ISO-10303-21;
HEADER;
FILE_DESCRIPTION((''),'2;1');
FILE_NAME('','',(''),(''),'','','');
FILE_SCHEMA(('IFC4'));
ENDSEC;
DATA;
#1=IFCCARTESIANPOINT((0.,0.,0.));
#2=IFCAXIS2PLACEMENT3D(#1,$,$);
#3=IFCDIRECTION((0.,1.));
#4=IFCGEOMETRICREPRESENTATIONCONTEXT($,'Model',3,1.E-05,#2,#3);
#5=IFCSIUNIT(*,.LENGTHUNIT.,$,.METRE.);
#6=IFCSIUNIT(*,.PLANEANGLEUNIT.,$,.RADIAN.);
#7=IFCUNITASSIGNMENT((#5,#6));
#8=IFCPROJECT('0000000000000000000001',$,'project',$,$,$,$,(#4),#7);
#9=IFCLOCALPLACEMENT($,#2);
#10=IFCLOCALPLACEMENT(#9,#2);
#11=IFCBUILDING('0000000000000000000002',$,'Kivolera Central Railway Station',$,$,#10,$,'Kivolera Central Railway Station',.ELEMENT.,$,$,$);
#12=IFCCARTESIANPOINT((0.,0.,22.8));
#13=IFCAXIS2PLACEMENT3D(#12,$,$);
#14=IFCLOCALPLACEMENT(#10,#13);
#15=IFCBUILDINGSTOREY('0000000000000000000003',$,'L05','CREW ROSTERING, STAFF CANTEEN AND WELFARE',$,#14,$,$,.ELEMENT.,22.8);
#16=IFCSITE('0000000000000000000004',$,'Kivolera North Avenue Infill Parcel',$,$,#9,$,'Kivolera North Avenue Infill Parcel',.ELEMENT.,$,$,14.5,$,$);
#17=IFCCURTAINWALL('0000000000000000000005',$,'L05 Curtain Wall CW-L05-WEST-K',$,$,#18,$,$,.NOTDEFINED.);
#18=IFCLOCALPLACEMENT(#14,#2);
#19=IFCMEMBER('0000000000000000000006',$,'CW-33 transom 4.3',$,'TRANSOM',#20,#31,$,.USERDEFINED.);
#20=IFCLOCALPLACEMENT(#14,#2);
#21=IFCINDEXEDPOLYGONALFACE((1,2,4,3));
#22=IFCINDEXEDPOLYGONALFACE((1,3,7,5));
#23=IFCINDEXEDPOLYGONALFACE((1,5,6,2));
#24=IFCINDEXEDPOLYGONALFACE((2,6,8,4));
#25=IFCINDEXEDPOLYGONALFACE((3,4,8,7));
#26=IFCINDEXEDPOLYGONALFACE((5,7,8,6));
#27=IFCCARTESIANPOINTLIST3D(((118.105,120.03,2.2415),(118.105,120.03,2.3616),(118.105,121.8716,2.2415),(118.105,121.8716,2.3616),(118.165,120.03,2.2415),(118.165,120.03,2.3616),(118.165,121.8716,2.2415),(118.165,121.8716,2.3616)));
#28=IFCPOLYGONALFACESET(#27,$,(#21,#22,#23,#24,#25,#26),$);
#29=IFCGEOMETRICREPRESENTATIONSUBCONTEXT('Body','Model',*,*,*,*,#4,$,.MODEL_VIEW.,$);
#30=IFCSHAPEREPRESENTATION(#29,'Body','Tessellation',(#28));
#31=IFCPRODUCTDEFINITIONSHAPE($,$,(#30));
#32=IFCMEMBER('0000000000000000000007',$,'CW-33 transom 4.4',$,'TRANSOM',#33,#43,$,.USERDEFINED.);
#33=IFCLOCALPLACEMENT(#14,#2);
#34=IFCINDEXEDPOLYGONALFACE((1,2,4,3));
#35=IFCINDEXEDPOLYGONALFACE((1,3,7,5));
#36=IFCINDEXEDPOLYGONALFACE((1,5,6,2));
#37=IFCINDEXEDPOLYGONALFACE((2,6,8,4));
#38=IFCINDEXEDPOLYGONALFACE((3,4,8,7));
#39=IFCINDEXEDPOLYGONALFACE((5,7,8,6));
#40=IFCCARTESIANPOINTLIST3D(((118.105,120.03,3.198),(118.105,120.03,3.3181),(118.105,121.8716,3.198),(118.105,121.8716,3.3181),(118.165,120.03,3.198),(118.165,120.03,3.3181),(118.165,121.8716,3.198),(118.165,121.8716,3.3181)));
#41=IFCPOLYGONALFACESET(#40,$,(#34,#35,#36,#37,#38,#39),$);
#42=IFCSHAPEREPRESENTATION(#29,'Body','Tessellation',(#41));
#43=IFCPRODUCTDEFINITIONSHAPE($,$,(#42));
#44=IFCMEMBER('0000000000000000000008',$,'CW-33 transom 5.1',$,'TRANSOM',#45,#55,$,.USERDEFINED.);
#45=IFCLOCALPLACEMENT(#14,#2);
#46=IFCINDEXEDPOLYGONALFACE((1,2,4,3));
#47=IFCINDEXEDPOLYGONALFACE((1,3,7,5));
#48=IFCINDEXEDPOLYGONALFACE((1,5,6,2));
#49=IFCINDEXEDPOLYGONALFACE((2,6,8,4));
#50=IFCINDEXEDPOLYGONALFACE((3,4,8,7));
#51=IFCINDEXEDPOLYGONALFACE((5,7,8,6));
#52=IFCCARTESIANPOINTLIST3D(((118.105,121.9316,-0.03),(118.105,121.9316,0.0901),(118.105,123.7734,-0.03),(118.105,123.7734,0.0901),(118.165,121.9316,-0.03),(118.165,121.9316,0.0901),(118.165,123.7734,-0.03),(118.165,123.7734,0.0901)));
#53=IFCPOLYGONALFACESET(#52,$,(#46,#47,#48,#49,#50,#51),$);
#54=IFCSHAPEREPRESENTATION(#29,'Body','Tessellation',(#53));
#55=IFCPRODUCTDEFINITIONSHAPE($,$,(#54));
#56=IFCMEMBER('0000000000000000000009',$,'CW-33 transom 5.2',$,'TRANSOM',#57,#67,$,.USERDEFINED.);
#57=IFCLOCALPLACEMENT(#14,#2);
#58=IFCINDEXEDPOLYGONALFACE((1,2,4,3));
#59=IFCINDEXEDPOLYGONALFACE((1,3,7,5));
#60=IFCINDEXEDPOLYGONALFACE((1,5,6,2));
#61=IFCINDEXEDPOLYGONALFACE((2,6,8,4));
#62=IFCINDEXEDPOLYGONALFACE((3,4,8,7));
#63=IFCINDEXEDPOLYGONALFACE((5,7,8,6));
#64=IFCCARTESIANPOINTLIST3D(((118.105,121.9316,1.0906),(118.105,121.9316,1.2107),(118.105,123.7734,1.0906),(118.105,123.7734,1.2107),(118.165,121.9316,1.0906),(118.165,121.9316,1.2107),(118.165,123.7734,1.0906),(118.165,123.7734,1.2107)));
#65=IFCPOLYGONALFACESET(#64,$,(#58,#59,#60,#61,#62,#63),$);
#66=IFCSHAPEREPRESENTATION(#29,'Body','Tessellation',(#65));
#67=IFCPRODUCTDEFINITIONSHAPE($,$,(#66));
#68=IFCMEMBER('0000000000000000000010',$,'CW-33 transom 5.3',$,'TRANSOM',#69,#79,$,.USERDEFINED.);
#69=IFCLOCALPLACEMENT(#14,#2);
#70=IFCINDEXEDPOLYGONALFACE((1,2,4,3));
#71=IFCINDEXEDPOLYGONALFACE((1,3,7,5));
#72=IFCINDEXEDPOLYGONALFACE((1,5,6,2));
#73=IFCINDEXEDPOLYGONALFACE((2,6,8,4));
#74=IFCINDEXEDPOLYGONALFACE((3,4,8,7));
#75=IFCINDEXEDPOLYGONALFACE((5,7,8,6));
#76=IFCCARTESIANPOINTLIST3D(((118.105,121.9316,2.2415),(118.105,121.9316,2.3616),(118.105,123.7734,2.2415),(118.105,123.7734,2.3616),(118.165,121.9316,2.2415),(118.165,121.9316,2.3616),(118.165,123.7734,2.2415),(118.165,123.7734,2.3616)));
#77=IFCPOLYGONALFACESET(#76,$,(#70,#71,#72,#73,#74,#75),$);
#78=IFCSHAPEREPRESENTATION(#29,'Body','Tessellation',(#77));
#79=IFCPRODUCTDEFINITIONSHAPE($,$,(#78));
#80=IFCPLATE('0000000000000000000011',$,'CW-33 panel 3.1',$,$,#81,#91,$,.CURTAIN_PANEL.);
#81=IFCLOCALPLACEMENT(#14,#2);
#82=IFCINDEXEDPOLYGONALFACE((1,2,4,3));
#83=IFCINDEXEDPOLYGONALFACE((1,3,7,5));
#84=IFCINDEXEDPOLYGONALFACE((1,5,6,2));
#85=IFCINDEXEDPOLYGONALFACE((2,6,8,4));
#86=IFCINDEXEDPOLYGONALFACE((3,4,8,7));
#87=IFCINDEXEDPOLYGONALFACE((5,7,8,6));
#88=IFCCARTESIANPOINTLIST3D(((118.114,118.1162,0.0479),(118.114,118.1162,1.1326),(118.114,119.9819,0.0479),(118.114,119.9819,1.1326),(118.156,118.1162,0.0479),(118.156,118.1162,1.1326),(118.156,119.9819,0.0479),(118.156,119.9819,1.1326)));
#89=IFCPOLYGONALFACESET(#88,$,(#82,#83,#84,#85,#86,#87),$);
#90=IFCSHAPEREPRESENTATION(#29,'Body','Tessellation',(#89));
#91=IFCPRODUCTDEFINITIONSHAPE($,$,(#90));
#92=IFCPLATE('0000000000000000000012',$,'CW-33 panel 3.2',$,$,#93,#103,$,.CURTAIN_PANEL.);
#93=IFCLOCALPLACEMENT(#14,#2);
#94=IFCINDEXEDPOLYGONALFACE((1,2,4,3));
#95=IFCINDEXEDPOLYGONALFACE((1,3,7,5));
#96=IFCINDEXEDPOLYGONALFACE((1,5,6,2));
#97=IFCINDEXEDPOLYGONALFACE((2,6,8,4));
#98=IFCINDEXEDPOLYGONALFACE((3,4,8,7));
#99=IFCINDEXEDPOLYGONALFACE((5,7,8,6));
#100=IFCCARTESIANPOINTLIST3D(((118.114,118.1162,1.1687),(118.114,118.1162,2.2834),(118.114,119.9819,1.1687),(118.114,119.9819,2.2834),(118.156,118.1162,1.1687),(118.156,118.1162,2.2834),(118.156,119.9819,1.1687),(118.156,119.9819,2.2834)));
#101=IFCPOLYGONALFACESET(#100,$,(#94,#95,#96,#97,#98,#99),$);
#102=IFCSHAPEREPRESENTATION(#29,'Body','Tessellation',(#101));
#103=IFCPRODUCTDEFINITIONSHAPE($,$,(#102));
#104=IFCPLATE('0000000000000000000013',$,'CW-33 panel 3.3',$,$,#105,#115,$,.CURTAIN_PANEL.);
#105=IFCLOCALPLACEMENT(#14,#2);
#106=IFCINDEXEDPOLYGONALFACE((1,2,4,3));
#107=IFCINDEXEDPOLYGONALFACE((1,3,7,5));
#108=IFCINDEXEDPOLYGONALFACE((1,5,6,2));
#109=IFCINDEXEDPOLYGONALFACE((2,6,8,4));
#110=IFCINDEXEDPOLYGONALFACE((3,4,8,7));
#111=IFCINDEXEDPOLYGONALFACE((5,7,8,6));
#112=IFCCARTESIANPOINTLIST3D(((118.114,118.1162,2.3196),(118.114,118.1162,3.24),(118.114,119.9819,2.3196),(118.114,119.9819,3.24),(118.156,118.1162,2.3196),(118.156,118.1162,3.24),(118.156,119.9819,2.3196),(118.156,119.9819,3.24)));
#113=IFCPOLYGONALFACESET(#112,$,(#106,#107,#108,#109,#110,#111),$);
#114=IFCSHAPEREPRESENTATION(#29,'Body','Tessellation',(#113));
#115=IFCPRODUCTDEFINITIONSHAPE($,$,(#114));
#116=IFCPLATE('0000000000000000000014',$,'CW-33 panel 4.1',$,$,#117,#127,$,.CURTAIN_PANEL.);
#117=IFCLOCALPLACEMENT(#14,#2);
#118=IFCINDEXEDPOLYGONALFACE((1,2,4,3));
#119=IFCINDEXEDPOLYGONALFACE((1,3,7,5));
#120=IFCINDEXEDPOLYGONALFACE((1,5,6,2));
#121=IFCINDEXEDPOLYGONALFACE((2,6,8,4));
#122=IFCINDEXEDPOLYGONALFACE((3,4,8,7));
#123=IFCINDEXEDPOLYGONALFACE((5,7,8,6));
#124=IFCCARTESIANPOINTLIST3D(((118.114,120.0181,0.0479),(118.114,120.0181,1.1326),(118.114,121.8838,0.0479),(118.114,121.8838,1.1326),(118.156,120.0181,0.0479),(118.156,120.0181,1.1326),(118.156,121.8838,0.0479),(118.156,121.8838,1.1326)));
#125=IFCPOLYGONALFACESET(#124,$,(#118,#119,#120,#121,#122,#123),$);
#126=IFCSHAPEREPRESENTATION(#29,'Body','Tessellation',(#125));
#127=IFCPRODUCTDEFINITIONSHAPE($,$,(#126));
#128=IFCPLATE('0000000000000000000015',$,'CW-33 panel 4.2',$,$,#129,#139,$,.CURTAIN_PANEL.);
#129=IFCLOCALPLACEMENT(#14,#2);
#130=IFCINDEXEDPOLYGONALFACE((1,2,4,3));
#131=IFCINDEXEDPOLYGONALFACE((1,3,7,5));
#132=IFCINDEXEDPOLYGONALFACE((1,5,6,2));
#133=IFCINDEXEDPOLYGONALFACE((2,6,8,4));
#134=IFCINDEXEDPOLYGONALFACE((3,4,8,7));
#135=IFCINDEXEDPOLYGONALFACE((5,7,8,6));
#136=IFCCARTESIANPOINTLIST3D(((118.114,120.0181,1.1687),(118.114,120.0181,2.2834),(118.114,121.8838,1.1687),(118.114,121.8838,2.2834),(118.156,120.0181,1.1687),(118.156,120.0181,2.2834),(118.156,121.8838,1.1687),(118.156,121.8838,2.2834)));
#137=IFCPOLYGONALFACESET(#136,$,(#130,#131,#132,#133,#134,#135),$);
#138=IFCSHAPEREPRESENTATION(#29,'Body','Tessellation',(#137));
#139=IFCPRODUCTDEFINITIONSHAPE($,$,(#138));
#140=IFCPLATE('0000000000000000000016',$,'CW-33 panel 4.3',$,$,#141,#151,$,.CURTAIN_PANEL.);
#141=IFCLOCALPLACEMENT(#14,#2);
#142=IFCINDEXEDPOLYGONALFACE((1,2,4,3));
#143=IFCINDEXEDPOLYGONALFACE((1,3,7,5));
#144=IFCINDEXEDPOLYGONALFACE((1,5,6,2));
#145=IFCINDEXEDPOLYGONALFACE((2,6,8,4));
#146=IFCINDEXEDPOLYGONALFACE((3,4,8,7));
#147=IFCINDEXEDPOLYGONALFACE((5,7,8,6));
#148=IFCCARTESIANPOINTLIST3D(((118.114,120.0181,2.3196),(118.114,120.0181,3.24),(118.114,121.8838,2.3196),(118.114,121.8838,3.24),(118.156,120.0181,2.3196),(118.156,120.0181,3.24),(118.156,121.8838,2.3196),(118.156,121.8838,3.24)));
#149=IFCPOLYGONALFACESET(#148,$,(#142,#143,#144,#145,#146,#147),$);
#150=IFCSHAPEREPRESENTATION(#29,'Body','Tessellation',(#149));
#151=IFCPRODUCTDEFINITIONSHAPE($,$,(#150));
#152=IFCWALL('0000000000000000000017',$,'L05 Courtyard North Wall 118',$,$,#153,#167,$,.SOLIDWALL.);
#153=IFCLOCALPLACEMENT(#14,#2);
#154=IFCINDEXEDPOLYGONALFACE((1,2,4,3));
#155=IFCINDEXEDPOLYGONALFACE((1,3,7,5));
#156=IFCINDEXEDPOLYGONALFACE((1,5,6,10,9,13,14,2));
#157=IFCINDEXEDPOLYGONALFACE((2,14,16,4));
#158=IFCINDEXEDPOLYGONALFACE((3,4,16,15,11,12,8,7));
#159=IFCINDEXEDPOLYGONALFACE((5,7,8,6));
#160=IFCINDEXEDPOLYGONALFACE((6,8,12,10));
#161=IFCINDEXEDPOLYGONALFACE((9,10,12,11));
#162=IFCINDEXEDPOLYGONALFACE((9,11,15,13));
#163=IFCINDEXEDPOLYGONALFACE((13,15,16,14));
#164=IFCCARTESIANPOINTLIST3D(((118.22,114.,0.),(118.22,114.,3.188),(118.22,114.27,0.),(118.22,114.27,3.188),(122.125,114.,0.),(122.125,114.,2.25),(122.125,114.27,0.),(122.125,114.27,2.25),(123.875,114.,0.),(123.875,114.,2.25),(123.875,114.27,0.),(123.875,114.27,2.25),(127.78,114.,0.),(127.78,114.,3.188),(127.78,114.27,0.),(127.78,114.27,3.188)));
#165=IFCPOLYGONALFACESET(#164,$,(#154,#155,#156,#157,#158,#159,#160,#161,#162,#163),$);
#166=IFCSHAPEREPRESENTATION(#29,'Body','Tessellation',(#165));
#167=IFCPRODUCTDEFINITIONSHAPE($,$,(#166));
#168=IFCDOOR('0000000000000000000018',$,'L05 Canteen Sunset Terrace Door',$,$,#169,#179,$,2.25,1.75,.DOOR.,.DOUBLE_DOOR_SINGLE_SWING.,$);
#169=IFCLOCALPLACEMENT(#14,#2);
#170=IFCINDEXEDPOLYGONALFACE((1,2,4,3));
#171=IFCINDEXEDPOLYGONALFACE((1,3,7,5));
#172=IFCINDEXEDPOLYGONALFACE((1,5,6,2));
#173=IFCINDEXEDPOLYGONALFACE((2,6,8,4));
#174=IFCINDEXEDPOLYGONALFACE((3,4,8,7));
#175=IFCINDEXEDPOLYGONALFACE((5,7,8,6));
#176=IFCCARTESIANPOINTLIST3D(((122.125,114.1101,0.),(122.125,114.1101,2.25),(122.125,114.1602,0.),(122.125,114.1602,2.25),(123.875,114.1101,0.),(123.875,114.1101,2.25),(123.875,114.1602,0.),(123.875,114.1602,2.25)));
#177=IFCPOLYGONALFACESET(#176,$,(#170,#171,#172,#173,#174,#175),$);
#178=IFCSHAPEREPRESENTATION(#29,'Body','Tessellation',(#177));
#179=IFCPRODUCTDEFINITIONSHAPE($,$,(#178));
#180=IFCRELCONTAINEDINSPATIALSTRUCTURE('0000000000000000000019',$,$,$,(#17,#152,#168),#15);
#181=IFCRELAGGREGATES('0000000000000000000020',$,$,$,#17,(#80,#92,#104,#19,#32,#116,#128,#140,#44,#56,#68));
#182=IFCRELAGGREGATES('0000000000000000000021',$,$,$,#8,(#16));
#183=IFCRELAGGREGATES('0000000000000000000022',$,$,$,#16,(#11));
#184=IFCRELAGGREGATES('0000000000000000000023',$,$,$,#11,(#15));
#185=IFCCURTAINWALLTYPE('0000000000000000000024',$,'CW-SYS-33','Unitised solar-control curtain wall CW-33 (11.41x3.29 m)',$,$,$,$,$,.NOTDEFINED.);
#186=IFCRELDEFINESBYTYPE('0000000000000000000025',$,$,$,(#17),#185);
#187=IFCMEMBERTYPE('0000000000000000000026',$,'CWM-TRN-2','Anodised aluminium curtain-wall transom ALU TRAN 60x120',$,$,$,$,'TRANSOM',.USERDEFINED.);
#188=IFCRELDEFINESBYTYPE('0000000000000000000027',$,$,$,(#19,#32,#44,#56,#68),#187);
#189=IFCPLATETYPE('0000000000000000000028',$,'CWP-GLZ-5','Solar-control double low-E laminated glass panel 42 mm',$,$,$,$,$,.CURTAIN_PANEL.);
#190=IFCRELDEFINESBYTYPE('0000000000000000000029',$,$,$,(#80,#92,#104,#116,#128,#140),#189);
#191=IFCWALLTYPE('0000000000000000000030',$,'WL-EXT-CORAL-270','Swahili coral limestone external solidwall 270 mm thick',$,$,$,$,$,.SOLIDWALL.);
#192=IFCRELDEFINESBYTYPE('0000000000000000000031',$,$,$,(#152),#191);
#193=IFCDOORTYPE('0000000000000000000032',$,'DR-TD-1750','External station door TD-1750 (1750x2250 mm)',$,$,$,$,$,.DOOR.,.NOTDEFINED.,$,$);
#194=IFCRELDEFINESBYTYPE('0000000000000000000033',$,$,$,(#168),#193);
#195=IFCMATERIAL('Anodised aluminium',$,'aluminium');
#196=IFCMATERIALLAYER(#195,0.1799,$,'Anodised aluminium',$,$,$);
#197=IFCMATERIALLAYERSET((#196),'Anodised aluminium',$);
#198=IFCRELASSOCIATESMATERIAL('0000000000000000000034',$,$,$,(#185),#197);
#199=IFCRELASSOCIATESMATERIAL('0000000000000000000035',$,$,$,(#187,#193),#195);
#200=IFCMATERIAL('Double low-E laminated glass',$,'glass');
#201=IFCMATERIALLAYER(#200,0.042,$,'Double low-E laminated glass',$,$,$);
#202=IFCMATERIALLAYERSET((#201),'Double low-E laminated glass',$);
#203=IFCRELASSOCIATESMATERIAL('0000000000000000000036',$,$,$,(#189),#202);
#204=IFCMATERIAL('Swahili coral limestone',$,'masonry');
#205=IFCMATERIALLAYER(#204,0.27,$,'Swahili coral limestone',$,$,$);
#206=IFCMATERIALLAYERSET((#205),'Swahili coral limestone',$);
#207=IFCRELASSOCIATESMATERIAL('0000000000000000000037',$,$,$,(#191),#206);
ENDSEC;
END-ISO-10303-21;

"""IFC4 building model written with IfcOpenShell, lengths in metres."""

from ifc_helpers import new_model, si_unit, direction, frame, frame_2d, origin, origin_2d, place, context, subcontext, project, spatial, rectangle, extrude, material, layer, layer_set, material_profile, profile_set, type_object, element, fill, aggregate, save


model = new_model("IFC4")

# Units and contexts
model_context = context("Model", 3, precision=1e-05, world=origin(), true_north=direction((0.0, 1.0)))
body_context = subcontext(model_context, "Body", "Model", "MODEL_VIEW")
ifc_project = project(units=[si_unit("LENGTHUNIT", "METRE"), si_unit("PLANEANGLEUNIT", "RADIAN")], contexts=[model_context])

# Site, building, storey
site_placement = place(None, origin())
site = spatial("IfcSite", under=ifc_project, at=site_placement, Name="Kivolera North Avenue Infill Parcel", LongName="Kivolera North Avenue Infill Parcel", CompositionType="ELEMENT", RefElevation=14.5)
building_placement = place(site_placement, origin())
building = spatial("IfcBuilding", under=site, at=building_placement, Name="Kivolera Central Railway Station", LongName="Kivolera Central Railway Station", CompositionType="ELEMENT")
storey_placement = place(building_placement, frame((0.0, 0.0, 22.8)))
storey = spatial("IfcBuildingStorey", under=building, at=storey_placement, Name="L05", Description="CREW ROSTERING, STAFF CANTEEN AND WELFARE", CompositionType="ELEMENT", Elevation=22.8)

# Curtain wall, members, plates
ifc_material_1 = material(Name="Anodised aluminium", Category="aluminium")
ifc_layer_1 = layer(ifc_material_1, 0.1799, Name="Anodised aluminium")
ifc_layer_set_1 = layer_set([ifc_layer_1], Name="Anodised aluminium")
curtain_wall_type = type_object("IfcCurtainWallType", Name="CW-SYS-33", Description="Unitised solar-control curtain wall CW-33 (11.41x3.29 m)", PredefinedType="NOTDEFINED", material=ifc_layer_set_1)
curtain_wall_placement = place(storey_placement, origin())
curtain_wall = element("IfcCurtainWall", 1, at=curtain_wall_placement, inside=storey, type_object=curtain_wall_type, Name="L05 Curtain Wall CW-L05-WEST-K", PredefinedType="NOTDEFINED")
ifc_material_profile_1 = material_profile(ifc_material_1, rectangle(XDim=0.0601, YDim=0.1201, at=origin_2d()), Name="ALU TRAN 60x120")
ifc_profile_set_1 = profile_set([ifc_material_profile_1], Name="Anodised aluminium")
member_type_1 = type_object("IfcMemberType", Name="CWM-TRN-2", Description="Anodised aluminium curtain-wall transom ALU TRAN 60x120", ElementType="TRANSOM", PredefinedType="USERDEFINED", material=ifc_profile_set_1)
member_1_placement = place(storey_placement, frame((118.135, 120.03, 2.3015), z_axis=(0.0, 1.0, 0.0), x_axis=(-1.0, 0.0, 0.0)))
member_1 = element("IfcMember", 2, at=member_1_placement, type_object=member_type_1, Name="CW-33 transom 4.3", ObjectType="TRANSOM", PredefinedType="USERDEFINED", context=body_context, shape_type="SweptSolid", body=[
    extrude(rectangle(XDim=0.0601, YDim=0.1201, at=origin_2d()), origin(), (0.0, 0.0, 1.0), 1.8416),
])
member_2_placement = place(storey_placement, frame((118.135, 120.03, 3.2581), z_axis=(0.0, 1.0, 0.0), x_axis=(-1.0, 0.0, 0.0)))
member_2 = element("IfcMember", 3, at=member_2_placement, type_object=member_type_1, Name="CW-33 transom 4.4", ObjectType="TRANSOM", PredefinedType="USERDEFINED", context=body_context, shape_type="SweptSolid", body=[
    extrude(rectangle(XDim=0.0601, YDim=0.1201, at=origin_2d()), origin(), (0.0, 0.0, 1.0), 1.8416),
])
member_3_placement = place(storey_placement, frame((118.135, 121.9316, 0.03), z_axis=(0.0, 1.0, 0.0), x_axis=(-1.0, 0.0, 0.0)))
member_3 = element("IfcMember", 4, at=member_3_placement, type_object=member_type_1, Name="CW-33 transom 5.1", ObjectType="TRANSOM", PredefinedType="USERDEFINED", context=body_context, shape_type="SweptSolid", body=[
    extrude(rectangle(XDim=0.0601, YDim=0.1201, at=origin_2d()), origin(), (0.0, 0.0, 1.0), 1.8418),
])
member_4_placement = place(storey_placement, frame((118.135, 121.9316, 1.1506), z_axis=(0.0, 1.0, 0.0), x_axis=(-1.0, 0.0, 0.0)))
member_4 = element("IfcMember", 5, at=member_4_placement, type_object=member_type_1, Name="CW-33 transom 5.2", ObjectType="TRANSOM", PredefinedType="USERDEFINED", context=body_context, shape_type="SweptSolid", body=[
    extrude(rectangle(XDim=0.0601, YDim=0.1201, at=origin_2d()), origin(), (0.0, 0.0, 1.0), 1.8418),
])
member_5_placement = place(storey_placement, frame((118.135, 121.9316, 2.3015), z_axis=(0.0, 1.0, 0.0), x_axis=(-1.0, 0.0, 0.0)))
member_5 = element("IfcMember", 6, at=member_5_placement, type_object=member_type_1, Name="CW-33 transom 5.3", ObjectType="TRANSOM", PredefinedType="USERDEFINED", context=body_context, shape_type="SweptSolid", body=[
    extrude(rectangle(XDim=0.0601, YDim=0.1201, at=origin_2d()), origin(), (0.0, 0.0, 1.0), 1.8418),
])
ifc_material_2 = material(Name="Double low-E laminated glass", Category="glass")
ifc_layer_2 = layer(ifc_material_2, 0.042, Name="Double low-E laminated glass")
ifc_layer_set_2 = layer_set([ifc_layer_2], Name="Double low-E laminated glass")
plate_type = type_object("IfcPlateType", Name="CWP-GLZ-5", Description="Solar-control double low-E laminated glass panel 42 mm", PredefinedType="CURTAIN_PANEL", material=ifc_layer_set_2)
plate_1_placement = place(storey_placement, frame((118.135, 119.0491, 0.0479), z_axis=(0.0, 0.0, 1.0), x_axis=(0.0, 1.0, 0.0)))
plate_1 = element("IfcPlate", 7, at=plate_1_placement, type_object=plate_type, Name="CW-33 panel 3.1", PredefinedType="CURTAIN_PANEL", context=body_context, shape_type="SweptSolid", body=[
    extrude(rectangle(XDim=1.8657, YDim=0.042, at=origin_2d()), origin(), (0.0, 0.0, 1.0), 1.0847),
])
plate_2_placement = place(storey_placement, frame((118.135, 119.0491, 1.1687), z_axis=(0.0, 0.0, 1.0), x_axis=(0.0, 1.0, 0.0)))
plate_2 = element("IfcPlate", 8, at=plate_2_placement, type_object=plate_type, Name="CW-33 panel 3.2", PredefinedType="CURTAIN_PANEL", context=body_context, shape_type="SweptSolid", body=[
    extrude(rectangle(XDim=1.8657, YDim=0.042, at=origin_2d()), origin(), (0.0, 0.0, 1.0), 1.1147),
])
plate_3_placement = place(storey_placement, frame((118.135, 119.0491, 2.3196), z_axis=(0.0, 0.0, 1.0), x_axis=(0.0, 1.0, 0.0)))
plate_3 = element("IfcPlate", 9, at=plate_3_placement, type_object=plate_type, Name="CW-33 panel 3.3", PredefinedType="CURTAIN_PANEL", context=body_context, shape_type="SweptSolid", body=[
    extrude(rectangle(XDim=1.8657, YDim=0.042, at=origin_2d()), origin(), (0.0, 0.0, 1.0), 0.9204),
])
plate_4_placement = place(storey_placement, frame((118.135, 120.9509, 0.0479), z_axis=(0.0, 0.0, 1.0), x_axis=(0.0, 1.0, 0.0)))
plate_4 = element("IfcPlate", 10, at=plate_4_placement, type_object=plate_type, Name="CW-33 panel 4.1", PredefinedType="CURTAIN_PANEL", context=body_context, shape_type="SweptSolid", body=[
    extrude(rectangle(XDim=1.8657, YDim=0.042, at=origin_2d()), origin(), (0.0, 0.0, 1.0), 1.0847),
])
plate_5_placement = place(storey_placement, frame((118.135, 120.9509, 1.1687), z_axis=(0.0, 0.0, 1.0), x_axis=(0.0, 1.0, 0.0)))
plate_5 = element("IfcPlate", 11, at=plate_5_placement, type_object=plate_type, Name="CW-33 panel 4.2", PredefinedType="CURTAIN_PANEL", context=body_context, shape_type="SweptSolid", body=[
    extrude(rectangle(XDim=1.8657, YDim=0.042, at=origin_2d()), origin(), (0.0, 0.0, 1.0), 1.1147),
])
plate_6_placement = place(storey_placement, frame((118.135, 120.9509, 2.3196), z_axis=(0.0, 0.0, 1.0), x_axis=(0.0, 1.0, 0.0)))
plate_6 = element("IfcPlate", 12, at=plate_6_placement, type_object=plate_type, Name="CW-33 panel 4.3", PredefinedType="CURTAIN_PANEL", context=body_context, shape_type="SweptSolid", body=[
    extrude(rectangle(XDim=1.8657, YDim=0.042, at=origin_2d()), origin(), (0.0, 0.0, 1.0), 0.9204),
])
aggregate(curtain_wall, [plate_1, plate_2, plate_3, member_1, member_2, plate_4, plate_5, plate_6, member_3, member_4, member_5])

# Wall, opening, door
ifc_material_3 = material(Name="Swahili coral limestone", Category="masonry")
ifc_layer_3 = layer(ifc_material_3, 0.27, Name="Swahili coral limestone")
ifc_layer_set_3 = layer_set([ifc_layer_3], Name="Swahili coral limestone")
wall_type = type_object("IfcWallType", Name="WL-EXT-CORAL-270", Description="Swahili coral limestone external solidwall 270 mm thick", PredefinedType="SOLIDWALL", material=ifc_layer_set_3)
wall_placement = place(storey_placement, frame((127.78, 114.135, 0.0), z_axis=(0.0, 0.0, 1.0), x_axis=(-1.0, 0.0, 0.0)))
wall = element("IfcWall", 13, at=wall_placement, inside=storey, type_object=wall_type, Name="L05 Courtyard North Wall 118", PredefinedType="SOLIDWALL", context=body_context, shape_type="SweptSolid", body=[
    extrude(rectangle(XDim=9.5601, YDim=0.27, at=frame_2d((4.78, 0.0))), origin(), (0.0, 0.0, 1.0), 3.188),
])
opening_placement = place(wall_placement, frame((3.905, 0.0, 0.0)))
opening = element("IfcOpeningElement", 14, at=opening_placement, cuts=wall, PredefinedType="OPENING", context=body_context, shape_type="SweptSolid", body=[
    extrude(rectangle(XDim=1.75, YDim=2.25, at=frame_2d((0.875, 1.125))), frame((0.0, 0.145, 0.0), z_axis=(0.0, -1.0, 0.0), x_axis=(1.0, 0.0, 0.0)), (0.0, 0.0, 1.0), 0.29),
])
door_type = type_object("IfcDoorType", Name="DR-TD-1750", Description="External station door TD-1750 (1750x2250 mm)", OperationType="NOTDEFINED", PredefinedType="DOOR", material=ifc_material_1)
door_placement = place(opening_placement, origin())
door = element("IfcDoor", 15, at=door_placement, inside=storey, type_object=door_type, Name="L05 Canteen Sunset Terrace Door", OperationType="DOUBLE_DOOR_SINGLE_SWING", OverallHeight=2.25, OverallWidth=1.75, PredefinedType="DOOR", context=body_context, shape_type="SweptSolid", body=[
    extrude(rectangle(XDim=1.75, YDim=2.25, at=frame_2d((0.875, 1.125))), frame((0.0, 0.0249, 0.0), z_axis=(0.0, -1.0, 0.0), x_axis=(1.0, 0.0, 0.0)), (0.0, 0.0, 1.0), 0.05),
])
fill(opening, door)

save(model, "model.ifc")
